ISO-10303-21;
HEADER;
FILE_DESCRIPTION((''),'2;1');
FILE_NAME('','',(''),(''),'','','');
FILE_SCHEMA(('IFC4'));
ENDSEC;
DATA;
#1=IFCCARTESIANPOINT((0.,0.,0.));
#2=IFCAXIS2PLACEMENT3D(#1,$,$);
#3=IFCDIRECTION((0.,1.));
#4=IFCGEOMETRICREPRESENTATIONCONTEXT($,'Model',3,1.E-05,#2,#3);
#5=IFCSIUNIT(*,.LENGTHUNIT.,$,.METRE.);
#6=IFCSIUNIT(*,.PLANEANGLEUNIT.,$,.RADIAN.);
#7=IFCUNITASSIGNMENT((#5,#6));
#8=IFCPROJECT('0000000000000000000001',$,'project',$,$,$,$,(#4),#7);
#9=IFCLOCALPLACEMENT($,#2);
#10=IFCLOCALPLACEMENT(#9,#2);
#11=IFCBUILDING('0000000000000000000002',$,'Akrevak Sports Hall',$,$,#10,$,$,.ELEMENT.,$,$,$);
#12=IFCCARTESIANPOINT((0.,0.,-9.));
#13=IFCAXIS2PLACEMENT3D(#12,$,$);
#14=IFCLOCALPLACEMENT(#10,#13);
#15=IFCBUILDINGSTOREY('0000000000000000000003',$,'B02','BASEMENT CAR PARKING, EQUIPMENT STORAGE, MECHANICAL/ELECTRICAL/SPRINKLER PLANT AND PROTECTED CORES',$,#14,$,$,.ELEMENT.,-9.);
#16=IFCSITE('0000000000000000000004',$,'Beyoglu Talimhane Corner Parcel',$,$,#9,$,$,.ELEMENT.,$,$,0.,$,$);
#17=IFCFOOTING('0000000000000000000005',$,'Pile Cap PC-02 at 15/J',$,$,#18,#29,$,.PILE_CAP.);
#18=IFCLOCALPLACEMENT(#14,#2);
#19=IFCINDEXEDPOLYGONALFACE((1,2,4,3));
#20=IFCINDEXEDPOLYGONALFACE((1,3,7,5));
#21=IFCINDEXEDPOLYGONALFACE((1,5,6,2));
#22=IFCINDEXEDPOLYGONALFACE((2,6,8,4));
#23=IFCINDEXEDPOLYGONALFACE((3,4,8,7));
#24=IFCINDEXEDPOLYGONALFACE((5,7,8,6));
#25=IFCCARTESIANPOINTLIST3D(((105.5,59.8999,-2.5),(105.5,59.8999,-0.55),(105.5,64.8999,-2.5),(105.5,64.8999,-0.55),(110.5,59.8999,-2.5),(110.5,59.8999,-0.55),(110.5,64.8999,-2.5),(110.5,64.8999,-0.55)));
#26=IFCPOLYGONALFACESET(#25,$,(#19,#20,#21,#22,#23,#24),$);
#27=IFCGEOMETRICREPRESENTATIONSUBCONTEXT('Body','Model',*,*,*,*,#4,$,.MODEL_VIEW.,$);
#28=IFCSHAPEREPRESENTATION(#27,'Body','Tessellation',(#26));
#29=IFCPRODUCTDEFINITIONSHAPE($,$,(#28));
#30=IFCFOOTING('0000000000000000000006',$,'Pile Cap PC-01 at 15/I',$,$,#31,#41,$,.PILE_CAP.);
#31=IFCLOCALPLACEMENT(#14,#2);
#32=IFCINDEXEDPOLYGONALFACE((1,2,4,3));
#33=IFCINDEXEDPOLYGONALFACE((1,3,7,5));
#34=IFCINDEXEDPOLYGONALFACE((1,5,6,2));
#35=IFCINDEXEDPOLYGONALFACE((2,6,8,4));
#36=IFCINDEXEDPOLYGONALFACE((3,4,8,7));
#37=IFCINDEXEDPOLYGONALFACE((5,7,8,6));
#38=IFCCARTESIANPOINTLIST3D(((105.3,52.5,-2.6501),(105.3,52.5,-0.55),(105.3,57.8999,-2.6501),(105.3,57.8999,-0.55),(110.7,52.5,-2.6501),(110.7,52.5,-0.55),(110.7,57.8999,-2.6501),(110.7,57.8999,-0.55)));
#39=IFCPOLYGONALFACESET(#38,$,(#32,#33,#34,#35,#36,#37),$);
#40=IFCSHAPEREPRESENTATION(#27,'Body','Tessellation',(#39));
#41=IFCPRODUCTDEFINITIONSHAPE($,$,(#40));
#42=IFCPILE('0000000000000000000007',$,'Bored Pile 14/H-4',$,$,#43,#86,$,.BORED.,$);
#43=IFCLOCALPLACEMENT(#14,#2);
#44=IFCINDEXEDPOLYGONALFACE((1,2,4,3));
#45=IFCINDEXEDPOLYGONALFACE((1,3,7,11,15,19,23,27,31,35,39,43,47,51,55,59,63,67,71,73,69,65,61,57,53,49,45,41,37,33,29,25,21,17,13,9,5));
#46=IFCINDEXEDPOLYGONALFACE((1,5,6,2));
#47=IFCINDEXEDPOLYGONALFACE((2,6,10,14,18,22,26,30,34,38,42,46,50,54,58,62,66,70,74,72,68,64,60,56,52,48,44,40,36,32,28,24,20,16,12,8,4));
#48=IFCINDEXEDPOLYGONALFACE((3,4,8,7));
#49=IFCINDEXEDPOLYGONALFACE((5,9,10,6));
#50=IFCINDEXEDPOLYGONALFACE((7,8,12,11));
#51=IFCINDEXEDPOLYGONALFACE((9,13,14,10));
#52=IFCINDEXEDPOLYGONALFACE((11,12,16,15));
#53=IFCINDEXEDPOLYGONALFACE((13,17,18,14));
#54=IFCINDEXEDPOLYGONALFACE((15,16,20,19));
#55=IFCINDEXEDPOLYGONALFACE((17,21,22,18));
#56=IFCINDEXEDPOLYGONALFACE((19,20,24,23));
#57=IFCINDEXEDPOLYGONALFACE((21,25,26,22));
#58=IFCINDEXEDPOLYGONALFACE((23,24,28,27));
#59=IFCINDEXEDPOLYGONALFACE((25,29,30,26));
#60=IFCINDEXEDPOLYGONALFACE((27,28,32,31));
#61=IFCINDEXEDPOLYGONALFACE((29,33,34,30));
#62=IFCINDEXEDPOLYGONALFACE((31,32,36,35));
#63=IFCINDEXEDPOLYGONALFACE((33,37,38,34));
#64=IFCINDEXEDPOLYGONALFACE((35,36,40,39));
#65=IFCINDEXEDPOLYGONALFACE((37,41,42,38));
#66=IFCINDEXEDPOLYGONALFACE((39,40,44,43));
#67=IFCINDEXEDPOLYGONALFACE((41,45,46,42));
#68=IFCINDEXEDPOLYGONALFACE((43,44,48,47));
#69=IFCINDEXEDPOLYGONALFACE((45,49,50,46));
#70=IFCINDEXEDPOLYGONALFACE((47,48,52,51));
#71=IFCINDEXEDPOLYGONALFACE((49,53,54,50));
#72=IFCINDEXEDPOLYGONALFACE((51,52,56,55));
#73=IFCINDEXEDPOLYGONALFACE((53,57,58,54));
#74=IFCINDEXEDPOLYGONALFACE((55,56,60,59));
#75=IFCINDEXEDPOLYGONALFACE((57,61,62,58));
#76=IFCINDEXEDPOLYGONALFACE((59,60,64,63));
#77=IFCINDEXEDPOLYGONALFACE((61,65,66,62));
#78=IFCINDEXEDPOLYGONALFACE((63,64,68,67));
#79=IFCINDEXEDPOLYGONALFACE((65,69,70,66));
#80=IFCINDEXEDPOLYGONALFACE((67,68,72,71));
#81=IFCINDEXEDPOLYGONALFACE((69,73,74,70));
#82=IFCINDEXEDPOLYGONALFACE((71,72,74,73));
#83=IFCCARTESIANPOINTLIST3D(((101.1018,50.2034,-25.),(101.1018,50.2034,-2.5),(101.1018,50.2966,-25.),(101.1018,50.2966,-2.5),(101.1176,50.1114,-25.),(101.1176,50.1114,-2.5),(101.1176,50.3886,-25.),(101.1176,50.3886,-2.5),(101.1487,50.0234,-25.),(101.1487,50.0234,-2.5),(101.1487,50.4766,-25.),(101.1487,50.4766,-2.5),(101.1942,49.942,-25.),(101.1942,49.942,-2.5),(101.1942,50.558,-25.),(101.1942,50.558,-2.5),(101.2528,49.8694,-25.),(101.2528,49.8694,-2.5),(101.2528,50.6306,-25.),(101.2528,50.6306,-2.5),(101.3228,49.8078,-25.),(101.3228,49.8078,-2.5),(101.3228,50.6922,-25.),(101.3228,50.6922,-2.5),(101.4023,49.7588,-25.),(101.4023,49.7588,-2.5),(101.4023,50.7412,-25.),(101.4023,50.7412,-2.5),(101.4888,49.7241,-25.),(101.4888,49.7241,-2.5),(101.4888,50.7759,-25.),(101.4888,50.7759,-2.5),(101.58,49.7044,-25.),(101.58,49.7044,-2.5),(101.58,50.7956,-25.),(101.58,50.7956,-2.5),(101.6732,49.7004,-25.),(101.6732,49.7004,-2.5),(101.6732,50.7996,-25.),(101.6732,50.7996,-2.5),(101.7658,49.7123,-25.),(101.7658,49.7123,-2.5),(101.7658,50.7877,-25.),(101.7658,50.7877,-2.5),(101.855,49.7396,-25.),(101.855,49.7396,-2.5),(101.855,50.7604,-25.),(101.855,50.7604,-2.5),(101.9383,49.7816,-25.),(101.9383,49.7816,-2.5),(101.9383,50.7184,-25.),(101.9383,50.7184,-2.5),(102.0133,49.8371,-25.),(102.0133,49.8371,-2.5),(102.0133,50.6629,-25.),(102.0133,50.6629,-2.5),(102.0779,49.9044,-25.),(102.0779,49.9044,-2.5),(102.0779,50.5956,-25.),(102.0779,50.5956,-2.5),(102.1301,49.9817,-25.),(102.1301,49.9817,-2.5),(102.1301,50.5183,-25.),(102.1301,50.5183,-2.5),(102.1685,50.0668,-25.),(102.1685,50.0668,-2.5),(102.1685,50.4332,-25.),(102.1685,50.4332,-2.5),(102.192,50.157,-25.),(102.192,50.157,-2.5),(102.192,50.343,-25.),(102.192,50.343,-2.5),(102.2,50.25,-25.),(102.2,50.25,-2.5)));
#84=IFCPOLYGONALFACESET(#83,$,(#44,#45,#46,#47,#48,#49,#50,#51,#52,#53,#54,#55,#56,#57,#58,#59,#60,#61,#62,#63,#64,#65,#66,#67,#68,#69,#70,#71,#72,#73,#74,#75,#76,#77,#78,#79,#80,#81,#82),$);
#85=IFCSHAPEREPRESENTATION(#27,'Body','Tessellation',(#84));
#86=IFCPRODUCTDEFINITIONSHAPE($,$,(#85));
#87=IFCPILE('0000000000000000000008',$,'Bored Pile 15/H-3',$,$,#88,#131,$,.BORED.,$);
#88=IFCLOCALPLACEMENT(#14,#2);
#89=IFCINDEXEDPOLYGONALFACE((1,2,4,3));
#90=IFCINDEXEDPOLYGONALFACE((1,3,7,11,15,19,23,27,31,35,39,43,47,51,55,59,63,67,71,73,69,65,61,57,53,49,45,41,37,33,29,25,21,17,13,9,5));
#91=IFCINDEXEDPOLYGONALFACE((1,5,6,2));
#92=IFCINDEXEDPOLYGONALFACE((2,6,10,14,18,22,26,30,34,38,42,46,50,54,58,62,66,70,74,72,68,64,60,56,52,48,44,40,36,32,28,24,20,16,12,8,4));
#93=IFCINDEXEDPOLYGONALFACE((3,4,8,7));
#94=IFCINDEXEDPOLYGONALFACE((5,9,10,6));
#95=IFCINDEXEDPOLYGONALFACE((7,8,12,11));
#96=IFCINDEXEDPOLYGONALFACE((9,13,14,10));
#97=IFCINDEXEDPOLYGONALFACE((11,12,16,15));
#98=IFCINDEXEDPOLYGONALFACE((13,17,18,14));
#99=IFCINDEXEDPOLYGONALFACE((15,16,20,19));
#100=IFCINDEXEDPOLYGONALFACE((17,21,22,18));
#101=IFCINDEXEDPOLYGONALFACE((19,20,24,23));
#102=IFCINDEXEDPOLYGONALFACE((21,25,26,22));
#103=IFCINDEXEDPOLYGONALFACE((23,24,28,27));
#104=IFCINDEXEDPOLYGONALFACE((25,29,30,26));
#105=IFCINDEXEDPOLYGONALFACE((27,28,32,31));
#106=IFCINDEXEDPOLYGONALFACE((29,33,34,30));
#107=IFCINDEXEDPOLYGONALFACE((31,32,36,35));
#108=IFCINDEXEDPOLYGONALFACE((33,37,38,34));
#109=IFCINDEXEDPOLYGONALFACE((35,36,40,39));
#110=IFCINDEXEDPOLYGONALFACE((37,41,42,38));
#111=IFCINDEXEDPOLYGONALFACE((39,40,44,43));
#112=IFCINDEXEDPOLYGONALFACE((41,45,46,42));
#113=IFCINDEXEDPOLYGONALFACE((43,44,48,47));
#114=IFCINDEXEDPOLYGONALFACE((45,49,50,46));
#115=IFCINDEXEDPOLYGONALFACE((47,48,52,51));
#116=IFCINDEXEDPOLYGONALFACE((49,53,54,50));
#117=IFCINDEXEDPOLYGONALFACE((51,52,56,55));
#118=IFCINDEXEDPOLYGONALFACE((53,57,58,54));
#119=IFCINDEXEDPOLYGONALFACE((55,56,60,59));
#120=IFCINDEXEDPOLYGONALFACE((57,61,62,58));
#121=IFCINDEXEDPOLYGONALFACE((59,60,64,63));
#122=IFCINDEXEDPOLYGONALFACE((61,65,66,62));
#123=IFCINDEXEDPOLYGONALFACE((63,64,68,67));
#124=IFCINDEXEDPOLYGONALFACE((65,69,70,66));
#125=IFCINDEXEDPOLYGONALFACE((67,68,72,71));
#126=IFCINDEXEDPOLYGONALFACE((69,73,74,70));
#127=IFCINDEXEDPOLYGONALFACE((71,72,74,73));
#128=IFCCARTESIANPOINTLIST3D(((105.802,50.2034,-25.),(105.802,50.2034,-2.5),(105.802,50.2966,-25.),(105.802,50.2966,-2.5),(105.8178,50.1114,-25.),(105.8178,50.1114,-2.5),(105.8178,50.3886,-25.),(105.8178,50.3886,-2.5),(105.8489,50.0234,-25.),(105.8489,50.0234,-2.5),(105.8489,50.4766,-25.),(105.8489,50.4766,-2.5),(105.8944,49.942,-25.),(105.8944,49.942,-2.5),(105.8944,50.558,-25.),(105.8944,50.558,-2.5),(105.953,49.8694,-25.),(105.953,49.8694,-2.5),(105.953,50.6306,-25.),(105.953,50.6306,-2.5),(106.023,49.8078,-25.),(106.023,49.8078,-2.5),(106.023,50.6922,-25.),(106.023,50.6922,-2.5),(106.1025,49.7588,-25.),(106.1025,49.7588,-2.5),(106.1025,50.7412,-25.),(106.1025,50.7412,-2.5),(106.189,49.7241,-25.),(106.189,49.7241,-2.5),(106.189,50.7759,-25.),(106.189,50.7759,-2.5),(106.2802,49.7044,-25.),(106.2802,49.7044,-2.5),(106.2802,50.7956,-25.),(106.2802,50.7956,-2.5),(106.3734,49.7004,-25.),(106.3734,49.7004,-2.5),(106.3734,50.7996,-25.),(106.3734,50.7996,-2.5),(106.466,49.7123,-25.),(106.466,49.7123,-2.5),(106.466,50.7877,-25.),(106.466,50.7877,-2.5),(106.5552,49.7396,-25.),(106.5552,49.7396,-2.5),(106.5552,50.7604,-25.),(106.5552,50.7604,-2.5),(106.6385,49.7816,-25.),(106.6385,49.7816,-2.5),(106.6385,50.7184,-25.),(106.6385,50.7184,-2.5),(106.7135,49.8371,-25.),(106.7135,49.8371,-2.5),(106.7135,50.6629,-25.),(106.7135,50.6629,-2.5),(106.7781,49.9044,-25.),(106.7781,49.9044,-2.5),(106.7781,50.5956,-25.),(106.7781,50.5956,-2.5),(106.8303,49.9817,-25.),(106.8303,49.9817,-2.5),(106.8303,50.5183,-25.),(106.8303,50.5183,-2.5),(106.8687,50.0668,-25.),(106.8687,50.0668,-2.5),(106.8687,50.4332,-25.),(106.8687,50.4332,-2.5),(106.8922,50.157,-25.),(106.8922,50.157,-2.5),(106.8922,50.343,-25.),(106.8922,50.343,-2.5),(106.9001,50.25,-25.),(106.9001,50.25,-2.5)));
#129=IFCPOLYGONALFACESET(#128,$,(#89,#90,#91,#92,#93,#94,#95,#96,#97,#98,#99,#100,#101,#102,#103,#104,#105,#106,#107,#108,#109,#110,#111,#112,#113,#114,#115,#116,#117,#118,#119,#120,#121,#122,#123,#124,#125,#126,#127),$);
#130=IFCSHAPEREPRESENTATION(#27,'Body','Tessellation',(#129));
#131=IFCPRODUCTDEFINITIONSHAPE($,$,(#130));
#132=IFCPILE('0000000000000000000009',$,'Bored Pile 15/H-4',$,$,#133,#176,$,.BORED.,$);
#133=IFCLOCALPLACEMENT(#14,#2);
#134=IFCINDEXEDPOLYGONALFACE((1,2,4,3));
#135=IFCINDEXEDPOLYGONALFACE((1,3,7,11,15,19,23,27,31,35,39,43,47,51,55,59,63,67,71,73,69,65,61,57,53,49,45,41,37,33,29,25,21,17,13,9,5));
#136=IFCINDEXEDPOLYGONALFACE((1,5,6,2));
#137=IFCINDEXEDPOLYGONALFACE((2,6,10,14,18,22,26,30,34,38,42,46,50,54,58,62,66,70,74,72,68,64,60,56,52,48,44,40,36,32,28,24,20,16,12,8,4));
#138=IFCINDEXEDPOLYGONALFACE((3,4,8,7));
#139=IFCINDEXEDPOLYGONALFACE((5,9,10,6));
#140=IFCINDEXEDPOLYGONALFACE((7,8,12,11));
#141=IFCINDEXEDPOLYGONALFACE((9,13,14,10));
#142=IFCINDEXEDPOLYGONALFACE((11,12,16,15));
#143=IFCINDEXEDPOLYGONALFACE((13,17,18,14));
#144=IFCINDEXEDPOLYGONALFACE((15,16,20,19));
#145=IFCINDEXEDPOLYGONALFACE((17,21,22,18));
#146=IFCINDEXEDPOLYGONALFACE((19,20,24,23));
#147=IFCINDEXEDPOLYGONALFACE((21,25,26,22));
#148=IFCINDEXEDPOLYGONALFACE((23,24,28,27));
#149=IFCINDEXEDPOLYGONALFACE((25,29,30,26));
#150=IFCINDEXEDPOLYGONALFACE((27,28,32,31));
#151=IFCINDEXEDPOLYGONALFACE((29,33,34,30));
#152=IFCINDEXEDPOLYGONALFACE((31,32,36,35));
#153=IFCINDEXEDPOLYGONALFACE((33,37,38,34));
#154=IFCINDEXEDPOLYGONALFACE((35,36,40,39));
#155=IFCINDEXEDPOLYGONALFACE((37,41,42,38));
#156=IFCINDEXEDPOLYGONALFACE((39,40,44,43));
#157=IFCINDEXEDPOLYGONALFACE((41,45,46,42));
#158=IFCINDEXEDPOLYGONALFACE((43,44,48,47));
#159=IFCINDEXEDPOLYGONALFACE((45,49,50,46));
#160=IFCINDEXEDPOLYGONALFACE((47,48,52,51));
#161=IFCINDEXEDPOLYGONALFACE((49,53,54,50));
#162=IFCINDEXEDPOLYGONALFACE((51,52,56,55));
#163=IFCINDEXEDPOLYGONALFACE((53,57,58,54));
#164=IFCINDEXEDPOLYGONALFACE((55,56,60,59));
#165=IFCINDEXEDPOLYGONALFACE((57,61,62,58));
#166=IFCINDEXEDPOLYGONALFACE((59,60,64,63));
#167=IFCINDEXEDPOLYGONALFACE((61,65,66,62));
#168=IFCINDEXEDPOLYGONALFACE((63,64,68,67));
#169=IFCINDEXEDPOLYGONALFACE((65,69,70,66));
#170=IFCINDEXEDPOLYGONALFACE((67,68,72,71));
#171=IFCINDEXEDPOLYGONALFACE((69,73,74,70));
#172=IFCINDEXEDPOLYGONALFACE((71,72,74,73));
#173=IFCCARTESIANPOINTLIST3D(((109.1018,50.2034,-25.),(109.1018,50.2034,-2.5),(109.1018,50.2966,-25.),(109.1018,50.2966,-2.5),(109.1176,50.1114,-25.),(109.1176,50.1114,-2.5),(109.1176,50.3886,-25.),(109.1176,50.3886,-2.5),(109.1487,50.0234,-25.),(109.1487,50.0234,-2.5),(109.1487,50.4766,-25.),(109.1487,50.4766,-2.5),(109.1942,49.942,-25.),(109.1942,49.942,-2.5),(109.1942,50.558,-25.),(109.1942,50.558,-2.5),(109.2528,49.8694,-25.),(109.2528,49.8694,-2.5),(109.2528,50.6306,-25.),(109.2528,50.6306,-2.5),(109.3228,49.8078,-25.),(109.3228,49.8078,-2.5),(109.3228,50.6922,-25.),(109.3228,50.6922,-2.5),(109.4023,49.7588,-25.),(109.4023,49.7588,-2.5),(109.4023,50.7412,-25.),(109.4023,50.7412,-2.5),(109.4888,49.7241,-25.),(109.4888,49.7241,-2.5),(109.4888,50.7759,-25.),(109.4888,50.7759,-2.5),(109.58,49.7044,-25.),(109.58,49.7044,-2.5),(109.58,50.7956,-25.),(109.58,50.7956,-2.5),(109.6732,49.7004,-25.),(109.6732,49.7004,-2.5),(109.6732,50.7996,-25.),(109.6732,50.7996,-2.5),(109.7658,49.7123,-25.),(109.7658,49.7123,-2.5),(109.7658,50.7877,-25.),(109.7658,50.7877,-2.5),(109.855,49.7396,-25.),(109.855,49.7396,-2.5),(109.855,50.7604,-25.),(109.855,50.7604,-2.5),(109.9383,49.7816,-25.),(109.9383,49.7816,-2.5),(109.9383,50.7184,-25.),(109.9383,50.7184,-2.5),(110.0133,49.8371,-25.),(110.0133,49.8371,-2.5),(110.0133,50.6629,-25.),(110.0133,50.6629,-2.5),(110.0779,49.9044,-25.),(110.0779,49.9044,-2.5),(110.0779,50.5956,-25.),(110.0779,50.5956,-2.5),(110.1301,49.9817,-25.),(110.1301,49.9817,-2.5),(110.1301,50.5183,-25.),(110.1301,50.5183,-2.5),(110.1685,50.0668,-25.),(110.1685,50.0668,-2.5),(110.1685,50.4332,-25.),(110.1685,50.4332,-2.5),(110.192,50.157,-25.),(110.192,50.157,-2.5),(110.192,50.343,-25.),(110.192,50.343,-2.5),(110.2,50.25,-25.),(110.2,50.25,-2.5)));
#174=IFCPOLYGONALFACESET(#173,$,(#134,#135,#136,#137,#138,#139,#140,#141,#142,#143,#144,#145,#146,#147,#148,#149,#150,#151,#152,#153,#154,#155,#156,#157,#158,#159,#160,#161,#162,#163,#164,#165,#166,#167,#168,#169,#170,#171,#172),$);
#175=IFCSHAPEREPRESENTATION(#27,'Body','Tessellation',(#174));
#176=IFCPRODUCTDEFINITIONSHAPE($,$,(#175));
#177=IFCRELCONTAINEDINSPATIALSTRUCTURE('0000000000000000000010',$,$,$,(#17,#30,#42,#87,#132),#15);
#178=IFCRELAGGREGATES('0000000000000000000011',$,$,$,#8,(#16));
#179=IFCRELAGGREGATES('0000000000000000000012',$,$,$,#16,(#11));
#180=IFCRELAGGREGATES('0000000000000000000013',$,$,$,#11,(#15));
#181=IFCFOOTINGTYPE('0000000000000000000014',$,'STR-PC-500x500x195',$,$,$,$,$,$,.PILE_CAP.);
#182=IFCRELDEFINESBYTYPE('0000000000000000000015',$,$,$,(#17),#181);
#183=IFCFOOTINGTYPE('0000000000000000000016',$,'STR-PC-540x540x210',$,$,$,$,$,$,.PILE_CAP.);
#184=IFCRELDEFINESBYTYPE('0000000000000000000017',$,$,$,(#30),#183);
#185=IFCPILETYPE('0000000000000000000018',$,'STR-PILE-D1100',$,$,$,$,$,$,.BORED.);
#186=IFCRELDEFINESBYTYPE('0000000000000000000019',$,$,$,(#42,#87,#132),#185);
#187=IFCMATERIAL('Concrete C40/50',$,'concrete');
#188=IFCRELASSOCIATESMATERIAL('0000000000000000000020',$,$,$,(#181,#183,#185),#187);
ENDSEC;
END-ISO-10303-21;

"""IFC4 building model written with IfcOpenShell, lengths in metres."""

from ifc_helpers import new_model, si_unit, direction, frame, origin, origin_2d, place, context, subcontext, project, spatial, rectangle, circle, extrude, material, material_profile, profile_set, type_object, element, save


model = new_model("IFC4")

# Units and contexts
model_context = context("Model", 3, precision=1e-05, world=origin(), true_north=direction((0.0, 1.0)))
body_context = subcontext(model_context, "Body", "Model", "MODEL_VIEW")
ifc_project = project(units=[si_unit("LENGTHUNIT", "METRE"), si_unit("PLANEANGLEUNIT", "RADIAN")], contexts=[model_context])

# Site, building, storey
site_placement = place(None, origin())
site = spatial("IfcSite", under=ifc_project, at=site_placement, Name="Beyoglu Talimhane Corner Parcel", CompositionType="ELEMENT", RefElevation=0.0)
building_placement = place(site_placement, origin())
building = spatial("IfcBuilding", under=site, at=building_placement, Name="Akrevak Sports Hall", CompositionType="ELEMENT")
storey_placement = place(building_placement, frame((0.0, 0.0, -9.0)))
storey = spatial("IfcBuildingStorey", under=building, at=storey_placement, Name="B02", Description="BASEMENT CAR PARKING, EQUIPMENT STORAGE, MECHANICAL/ELECTRICAL/SPRINKLER PLANT AND PROTECTED CORES", CompositionType="ELEMENT", Elevation=-9.0)

# Footings
ifc_material_1 = material(Name="Concrete C40/50", Category="concrete")
footing_type_1 = type_object("IfcFootingType", Name="STR-PC-500x500x195", PredefinedType="PILE_CAP", material=ifc_material_1)
footing_1_placement = place(storey_placement, frame((108.0, 62.3999, -2.5), z_axis=(0.0, 0.0, 1.0), x_axis=(1.0, 0.0, 0.0)))
element("IfcFooting", 1, at=footing_1_placement, inside=storey, type_object=footing_type_1, Name="Pile Cap PC-02 at 15/J", PredefinedType="PILE_CAP", context=body_context, shape_type="SweptSolid", body=[
    extrude(rectangle(XDim=5.0, YDim=5.0, at=origin_2d()), origin(), (0.0, 0.0, 1.0), 1.95),
])
footing_type_2 = type_object("IfcFootingType", Name="STR-PC-540x540x210", PredefinedType="PILE_CAP", material=ifc_material_1)
footing_2_placement = place(storey_placement, frame((108.0, 55.2, -2.6501), z_axis=(0.0, 0.0, 1.0), x_axis=(1.0, 0.0, 0.0)))
element("IfcFooting", 2, at=footing_2_placement, inside=storey, type_object=footing_type_2, Name="Pile Cap PC-01 at 15/I", PredefinedType="PILE_CAP", context=body_context, shape_type="SweptSolid", body=[
    extrude(rectangle(XDim=5.3999, YDim=5.3999, at=origin_2d()), origin(), (0.0, 0.0, 1.0), 2.1001),
])

# Piles
ifc_material_profile_1 = material_profile(ifc_material_1, circle(Radius=0.55, at=origin_2d()), Name="BORED PILE D1100", Category="concrete")
ifc_profile_set_1 = profile_set([ifc_material_profile_1], Name="Concrete C40/50")
pile_type_1 = type_object("IfcPileType", Name="STR-PILE-D1100", PredefinedType="BORED", material=ifc_profile_set_1)
for number, where, z_axis, x_axis, name in (
    (3, (101.6499, 50.25, -2.5), (0.0, 0.0, -1.0), (1.0, 0.0, 0.0), "Bored Pile 14/H-4"),
    (4, (106.3501, 50.25, -2.5), (0.0, 0.0, -1.0), (1.0, 0.0, 0.0), "Bored Pile 15/H-3"),
    (5, (109.6499, 50.25, -2.5), (0.0, 0.0, -1.0), (1.0, 0.0, 0.0), "Bored Pile 15/H-4"),
):
    element("IfcPile", number, at=place(storey_placement, frame(where, z_axis=z_axis, x_axis=x_axis)), inside=storey, type_object=pile_type_1, Name=name, PredefinedType="BORED", context=body_context, shape_type="SweptSolid", body=[
        extrude(circle(Radius=0.55, at=origin_2d()), origin(), (0.0, 0.0, 1.0), 22.5),
    ])

save(model, "model.ifc")
